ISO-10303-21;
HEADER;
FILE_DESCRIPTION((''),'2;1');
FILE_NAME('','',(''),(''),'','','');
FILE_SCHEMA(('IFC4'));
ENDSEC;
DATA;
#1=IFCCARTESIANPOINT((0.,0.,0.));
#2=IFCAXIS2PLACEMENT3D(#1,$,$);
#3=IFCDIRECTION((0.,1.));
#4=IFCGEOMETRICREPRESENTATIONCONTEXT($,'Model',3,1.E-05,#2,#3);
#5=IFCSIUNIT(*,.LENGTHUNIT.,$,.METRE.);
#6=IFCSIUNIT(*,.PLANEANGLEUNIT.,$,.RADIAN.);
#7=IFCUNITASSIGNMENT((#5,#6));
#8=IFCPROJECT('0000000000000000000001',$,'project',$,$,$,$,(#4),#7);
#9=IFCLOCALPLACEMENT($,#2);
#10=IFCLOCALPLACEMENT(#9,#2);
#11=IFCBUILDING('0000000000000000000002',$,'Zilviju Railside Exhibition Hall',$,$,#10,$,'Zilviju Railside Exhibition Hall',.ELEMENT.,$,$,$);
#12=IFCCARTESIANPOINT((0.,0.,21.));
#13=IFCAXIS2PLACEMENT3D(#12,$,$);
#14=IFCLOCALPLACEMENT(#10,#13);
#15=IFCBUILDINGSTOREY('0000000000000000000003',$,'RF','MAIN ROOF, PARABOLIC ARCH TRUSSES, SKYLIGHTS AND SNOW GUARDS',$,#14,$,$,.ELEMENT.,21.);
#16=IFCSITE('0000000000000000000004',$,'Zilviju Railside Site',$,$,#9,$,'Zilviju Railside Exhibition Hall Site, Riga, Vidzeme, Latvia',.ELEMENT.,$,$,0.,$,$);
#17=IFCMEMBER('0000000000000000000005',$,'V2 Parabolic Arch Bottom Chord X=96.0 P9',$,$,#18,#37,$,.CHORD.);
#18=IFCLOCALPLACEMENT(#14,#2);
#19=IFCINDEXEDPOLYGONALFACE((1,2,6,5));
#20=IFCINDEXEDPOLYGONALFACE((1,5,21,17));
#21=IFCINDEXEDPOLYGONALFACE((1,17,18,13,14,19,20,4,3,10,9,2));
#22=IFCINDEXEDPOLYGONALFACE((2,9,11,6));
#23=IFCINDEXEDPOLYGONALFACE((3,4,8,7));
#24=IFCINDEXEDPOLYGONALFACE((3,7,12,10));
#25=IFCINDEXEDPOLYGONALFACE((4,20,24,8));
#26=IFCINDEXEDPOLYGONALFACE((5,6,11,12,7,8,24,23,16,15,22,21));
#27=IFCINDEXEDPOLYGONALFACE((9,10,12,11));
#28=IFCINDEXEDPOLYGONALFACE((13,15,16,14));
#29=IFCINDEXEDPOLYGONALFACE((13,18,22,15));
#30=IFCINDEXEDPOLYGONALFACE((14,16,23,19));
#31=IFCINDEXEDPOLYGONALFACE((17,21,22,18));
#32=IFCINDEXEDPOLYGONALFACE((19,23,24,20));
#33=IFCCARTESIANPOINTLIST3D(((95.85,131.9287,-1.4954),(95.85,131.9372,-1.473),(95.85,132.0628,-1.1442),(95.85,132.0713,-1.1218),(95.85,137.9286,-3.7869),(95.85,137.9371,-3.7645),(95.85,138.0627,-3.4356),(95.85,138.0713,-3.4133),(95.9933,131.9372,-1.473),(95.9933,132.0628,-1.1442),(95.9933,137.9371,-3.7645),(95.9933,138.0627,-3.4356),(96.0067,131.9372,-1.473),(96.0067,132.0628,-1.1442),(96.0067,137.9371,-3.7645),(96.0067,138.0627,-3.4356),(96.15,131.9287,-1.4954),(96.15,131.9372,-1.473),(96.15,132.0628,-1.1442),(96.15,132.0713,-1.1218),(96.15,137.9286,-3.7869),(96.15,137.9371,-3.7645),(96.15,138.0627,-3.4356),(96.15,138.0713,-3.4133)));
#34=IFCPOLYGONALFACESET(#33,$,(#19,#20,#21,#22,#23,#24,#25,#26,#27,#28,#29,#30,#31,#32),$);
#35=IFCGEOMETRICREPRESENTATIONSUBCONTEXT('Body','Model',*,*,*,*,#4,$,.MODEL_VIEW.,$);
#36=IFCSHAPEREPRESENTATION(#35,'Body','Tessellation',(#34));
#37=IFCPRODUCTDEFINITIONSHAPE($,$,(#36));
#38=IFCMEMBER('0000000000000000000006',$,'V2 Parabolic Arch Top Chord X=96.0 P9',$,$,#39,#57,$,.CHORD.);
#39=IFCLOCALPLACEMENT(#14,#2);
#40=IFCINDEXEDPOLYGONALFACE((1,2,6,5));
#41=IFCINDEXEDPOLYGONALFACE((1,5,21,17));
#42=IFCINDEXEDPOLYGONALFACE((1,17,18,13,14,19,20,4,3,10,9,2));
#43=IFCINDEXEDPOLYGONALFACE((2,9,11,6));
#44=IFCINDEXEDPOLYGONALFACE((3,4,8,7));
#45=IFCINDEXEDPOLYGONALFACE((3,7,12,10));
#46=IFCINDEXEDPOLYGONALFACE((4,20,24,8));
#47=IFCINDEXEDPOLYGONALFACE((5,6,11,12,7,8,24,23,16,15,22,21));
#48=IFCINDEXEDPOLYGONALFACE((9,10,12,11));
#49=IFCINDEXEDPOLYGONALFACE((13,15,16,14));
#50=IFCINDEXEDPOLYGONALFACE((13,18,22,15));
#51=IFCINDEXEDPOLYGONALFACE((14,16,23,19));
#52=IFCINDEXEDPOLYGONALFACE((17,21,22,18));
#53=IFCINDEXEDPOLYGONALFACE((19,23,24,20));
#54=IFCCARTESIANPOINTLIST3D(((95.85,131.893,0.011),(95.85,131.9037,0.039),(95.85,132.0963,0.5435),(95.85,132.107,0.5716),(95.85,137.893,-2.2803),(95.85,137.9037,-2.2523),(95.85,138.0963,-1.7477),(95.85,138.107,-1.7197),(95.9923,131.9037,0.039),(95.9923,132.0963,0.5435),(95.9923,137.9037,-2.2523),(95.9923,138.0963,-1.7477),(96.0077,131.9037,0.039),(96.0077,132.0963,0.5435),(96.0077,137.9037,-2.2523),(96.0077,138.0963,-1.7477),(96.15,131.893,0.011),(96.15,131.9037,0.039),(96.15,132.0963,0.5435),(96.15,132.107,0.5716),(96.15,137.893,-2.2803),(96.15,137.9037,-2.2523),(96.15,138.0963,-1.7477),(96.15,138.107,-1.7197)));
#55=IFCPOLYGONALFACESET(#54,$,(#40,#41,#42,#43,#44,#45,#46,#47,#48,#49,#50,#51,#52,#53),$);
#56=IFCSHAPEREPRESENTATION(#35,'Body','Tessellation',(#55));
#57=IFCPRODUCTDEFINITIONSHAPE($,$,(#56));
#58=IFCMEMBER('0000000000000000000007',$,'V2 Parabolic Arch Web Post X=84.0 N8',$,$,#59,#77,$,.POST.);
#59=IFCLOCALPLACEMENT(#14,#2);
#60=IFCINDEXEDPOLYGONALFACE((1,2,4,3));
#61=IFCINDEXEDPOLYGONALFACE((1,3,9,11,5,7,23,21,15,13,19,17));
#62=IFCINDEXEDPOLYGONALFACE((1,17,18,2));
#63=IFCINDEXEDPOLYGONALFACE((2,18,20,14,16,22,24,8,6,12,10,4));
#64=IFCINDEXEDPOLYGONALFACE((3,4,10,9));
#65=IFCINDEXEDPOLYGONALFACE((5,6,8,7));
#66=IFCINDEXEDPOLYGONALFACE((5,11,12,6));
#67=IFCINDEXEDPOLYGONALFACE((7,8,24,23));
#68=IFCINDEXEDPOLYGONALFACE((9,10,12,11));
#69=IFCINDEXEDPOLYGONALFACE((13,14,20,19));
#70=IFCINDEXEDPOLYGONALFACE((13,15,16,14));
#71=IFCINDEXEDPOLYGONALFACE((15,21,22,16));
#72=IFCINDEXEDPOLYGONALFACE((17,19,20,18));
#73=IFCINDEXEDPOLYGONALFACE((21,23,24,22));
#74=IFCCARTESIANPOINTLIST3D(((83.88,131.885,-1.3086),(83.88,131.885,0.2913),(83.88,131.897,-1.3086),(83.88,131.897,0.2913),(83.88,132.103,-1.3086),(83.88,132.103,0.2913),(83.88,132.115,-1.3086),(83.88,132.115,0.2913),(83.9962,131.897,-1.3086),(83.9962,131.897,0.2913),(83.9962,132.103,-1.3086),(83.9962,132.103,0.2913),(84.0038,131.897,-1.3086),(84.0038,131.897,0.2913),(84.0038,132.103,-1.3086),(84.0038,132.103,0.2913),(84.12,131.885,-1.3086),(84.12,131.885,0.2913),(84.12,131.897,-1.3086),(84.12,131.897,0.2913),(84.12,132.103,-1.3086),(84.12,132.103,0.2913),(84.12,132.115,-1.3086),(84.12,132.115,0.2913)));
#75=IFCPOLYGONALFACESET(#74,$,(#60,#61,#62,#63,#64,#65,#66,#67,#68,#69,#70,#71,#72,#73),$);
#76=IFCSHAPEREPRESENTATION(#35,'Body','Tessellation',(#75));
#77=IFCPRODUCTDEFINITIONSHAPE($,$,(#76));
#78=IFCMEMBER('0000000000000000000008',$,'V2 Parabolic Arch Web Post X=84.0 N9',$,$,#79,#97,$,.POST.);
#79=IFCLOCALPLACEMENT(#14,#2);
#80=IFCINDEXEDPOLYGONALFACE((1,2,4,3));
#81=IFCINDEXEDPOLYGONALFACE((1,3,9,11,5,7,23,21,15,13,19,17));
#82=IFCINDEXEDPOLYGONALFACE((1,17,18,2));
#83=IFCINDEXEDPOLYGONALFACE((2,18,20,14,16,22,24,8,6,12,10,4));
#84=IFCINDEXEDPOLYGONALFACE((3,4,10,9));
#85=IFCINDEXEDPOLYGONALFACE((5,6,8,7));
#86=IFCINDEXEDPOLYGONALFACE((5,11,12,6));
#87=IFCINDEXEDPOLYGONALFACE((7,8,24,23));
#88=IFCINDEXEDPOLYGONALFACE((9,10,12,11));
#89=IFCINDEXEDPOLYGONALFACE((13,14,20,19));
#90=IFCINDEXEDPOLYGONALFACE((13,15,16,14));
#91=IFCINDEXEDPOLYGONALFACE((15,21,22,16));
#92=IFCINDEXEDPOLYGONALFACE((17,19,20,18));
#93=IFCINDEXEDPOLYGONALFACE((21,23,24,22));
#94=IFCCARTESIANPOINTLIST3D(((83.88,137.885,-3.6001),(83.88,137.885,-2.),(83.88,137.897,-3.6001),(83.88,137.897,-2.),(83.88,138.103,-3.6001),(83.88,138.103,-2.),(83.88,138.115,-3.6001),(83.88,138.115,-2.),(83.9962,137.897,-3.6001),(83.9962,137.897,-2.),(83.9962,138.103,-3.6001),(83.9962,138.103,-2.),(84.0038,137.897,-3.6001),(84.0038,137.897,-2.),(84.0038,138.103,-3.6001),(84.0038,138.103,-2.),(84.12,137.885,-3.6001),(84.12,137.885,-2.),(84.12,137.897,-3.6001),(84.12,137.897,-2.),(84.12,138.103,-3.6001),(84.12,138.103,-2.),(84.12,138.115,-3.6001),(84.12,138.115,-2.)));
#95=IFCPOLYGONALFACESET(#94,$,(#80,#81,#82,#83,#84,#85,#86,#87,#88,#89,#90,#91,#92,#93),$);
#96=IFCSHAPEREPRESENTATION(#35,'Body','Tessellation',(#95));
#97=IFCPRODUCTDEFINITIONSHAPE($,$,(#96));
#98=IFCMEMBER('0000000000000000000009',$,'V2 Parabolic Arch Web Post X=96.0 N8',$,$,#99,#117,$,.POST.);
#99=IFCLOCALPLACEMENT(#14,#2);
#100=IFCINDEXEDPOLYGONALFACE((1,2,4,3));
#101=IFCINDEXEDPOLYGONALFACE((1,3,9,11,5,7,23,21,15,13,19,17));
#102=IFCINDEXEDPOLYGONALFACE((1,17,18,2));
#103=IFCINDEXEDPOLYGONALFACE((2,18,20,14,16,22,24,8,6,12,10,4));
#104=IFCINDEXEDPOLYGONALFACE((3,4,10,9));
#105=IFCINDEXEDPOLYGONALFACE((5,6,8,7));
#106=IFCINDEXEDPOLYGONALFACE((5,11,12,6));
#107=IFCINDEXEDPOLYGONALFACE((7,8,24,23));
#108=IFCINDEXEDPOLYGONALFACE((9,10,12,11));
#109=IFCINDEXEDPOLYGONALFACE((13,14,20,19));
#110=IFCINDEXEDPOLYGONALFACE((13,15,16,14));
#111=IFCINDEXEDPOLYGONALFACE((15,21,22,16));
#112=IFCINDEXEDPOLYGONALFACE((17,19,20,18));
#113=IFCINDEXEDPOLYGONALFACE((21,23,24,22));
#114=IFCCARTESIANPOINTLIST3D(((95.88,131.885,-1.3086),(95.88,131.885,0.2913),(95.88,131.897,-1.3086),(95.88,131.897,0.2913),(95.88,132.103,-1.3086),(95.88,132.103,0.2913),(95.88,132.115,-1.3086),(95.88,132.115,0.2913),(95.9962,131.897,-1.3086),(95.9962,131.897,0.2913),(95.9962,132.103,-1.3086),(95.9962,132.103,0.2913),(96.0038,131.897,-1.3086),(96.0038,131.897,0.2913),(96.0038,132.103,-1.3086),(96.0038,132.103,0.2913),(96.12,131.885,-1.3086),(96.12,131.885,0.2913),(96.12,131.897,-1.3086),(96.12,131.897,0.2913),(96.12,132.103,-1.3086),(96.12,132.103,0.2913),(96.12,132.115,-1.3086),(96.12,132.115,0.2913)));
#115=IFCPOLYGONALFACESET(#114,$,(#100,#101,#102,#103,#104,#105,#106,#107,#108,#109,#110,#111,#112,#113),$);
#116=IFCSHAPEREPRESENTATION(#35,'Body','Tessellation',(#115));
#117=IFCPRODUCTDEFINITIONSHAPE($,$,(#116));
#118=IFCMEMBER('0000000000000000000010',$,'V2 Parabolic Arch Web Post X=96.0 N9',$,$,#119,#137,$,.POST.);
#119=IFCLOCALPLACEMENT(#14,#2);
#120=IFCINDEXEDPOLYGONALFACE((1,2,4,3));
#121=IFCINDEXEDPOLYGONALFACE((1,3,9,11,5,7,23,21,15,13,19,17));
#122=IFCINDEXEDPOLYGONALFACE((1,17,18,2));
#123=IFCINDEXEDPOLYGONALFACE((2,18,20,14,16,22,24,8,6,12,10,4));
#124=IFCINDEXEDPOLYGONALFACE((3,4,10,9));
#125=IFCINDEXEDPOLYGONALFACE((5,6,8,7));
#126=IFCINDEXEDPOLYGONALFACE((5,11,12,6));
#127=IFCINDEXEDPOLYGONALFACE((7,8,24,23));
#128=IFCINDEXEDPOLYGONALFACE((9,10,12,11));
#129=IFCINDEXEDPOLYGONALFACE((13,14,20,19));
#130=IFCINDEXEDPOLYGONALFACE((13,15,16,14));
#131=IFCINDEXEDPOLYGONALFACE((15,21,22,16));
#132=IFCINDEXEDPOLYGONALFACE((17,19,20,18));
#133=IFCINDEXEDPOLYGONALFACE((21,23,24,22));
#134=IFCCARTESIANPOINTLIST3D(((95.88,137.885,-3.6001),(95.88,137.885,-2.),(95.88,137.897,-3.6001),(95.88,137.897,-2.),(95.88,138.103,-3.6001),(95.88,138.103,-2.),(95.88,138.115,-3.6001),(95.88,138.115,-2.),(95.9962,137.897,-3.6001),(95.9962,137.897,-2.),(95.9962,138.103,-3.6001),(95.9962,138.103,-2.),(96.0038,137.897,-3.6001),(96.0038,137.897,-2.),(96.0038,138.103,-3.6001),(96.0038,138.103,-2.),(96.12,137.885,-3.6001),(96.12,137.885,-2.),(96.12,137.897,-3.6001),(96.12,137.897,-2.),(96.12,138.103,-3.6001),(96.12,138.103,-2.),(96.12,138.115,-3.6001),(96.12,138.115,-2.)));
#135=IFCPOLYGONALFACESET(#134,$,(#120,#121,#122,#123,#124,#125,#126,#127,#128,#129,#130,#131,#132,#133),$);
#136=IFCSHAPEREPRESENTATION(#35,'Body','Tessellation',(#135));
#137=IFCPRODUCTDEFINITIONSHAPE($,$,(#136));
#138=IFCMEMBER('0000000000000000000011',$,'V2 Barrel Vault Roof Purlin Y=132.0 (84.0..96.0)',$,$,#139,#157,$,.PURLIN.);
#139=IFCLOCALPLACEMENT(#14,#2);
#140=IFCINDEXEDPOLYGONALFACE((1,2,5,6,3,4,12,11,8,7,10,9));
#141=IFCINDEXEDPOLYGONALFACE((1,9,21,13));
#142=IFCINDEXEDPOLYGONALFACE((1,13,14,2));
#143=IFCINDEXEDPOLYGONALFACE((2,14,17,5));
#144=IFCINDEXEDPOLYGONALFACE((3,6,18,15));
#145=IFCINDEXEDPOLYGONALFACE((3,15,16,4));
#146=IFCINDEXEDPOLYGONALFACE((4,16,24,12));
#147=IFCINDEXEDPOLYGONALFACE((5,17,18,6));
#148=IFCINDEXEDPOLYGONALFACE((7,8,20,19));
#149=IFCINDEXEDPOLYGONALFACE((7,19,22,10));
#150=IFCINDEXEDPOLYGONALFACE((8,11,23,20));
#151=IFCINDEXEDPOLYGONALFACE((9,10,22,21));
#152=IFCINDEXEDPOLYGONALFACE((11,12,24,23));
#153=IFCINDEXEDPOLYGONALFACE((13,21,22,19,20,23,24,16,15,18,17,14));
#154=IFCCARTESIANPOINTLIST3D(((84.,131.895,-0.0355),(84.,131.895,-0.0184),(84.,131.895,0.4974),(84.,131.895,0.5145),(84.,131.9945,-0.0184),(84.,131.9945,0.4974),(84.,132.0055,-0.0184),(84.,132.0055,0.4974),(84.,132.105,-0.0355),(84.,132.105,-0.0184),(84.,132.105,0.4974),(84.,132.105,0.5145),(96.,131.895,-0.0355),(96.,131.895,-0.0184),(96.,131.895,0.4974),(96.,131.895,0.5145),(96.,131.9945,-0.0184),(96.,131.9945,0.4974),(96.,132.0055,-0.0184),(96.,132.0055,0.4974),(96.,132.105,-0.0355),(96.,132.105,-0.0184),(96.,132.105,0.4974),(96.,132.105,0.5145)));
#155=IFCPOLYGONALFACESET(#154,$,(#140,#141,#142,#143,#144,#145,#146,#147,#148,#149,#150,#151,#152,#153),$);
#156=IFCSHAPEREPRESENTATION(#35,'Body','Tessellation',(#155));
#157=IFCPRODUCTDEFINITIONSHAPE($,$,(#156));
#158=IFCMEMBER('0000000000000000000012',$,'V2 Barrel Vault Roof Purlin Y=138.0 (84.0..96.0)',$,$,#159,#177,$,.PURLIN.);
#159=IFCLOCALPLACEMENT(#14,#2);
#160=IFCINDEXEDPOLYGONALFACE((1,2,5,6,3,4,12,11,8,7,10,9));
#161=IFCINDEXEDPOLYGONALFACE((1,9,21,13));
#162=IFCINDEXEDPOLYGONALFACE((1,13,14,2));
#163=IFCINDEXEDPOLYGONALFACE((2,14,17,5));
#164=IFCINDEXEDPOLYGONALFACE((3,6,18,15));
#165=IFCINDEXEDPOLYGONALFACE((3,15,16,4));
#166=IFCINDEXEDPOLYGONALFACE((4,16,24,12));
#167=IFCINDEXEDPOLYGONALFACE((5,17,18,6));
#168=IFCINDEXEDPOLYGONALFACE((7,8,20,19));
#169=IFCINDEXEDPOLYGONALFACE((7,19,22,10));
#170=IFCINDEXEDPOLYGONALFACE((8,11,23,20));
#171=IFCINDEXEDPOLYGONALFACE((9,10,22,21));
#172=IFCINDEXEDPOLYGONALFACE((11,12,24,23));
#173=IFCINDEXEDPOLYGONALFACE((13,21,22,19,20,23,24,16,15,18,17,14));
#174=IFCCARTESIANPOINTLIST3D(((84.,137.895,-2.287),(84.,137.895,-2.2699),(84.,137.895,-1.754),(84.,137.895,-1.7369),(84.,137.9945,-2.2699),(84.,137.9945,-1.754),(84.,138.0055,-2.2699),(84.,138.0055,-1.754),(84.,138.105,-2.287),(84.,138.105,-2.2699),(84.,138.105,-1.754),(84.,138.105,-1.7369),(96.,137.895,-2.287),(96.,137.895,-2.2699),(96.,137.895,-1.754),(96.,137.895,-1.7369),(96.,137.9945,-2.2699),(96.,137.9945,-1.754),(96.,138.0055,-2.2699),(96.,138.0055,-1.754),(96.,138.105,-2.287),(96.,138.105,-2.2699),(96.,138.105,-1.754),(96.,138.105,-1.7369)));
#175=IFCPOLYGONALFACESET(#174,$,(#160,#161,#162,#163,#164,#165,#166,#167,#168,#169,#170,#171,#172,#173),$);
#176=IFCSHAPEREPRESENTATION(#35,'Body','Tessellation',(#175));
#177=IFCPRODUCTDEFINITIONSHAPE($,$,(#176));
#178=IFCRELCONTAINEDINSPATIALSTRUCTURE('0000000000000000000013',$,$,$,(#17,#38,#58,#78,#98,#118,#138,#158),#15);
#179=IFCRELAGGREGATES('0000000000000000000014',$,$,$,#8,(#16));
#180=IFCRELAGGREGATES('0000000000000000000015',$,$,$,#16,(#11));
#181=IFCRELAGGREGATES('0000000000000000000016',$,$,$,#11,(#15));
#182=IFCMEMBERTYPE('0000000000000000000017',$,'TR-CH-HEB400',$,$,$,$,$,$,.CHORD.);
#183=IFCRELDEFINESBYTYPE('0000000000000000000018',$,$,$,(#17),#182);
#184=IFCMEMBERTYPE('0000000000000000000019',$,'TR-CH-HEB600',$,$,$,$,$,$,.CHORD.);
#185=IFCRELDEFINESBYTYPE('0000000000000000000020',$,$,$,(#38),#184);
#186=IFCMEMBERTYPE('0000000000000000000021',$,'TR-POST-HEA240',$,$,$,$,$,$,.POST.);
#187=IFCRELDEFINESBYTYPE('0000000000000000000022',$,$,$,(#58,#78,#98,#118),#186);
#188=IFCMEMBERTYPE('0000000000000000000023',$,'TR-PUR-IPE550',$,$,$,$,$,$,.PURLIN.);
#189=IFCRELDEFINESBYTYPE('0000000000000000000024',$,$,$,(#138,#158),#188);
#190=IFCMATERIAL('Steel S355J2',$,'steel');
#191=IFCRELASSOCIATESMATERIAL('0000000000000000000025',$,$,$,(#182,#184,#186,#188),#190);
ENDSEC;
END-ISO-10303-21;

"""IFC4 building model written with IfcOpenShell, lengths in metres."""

from ifc_helpers import new_model, si_unit, direction, frame, origin, origin_2d, place, context, subcontext, project, spatial, i_section, extrude, material, material_profile, profile_set, type_object, element, save


model = new_model("IFC4")

# Units and contexts
model_context = context("Model", 3, precision=1e-05, world=origin(), true_north=direction((0.0, 1.0)))
body_context = subcontext(model_context, "Body", "Model", "MODEL_VIEW")
ifc_project = project(units=[si_unit("LENGTHUNIT", "METRE"), si_unit("PLANEANGLEUNIT", "RADIAN")], contexts=[model_context])

# Site, building, storey
site_placement = place(None, origin())
site = spatial("IfcSite", under=ifc_project, at=site_placement, Name="Zilviju Railside Site", LongName="Zilviju Railside Exhibition Hall Site, Riga, Vidzeme, Latvia", CompositionType="ELEMENT", RefElevation=0.0)
building_placement = place(site_placement, origin())
building = spatial("IfcBuilding", under=site, at=building_placement, Name="Zilviju Railside Exhibition Hall", LongName="Zilviju Railside Exhibition Hall", CompositionType="ELEMENT")
storey_placement = place(building_placement, frame((0.0, 0.0, 21.0)))
storey = spatial("IfcBuildingStorey", under=building, at=storey_placement, Name="RF", Description="MAIN ROOF, PARABOLIC ARCH TRUSSES, SKYLIGHTS AND SNOW GUARDS", CompositionType="ELEMENT", Elevation=21.0)

# Shared definitions
ifc_material_1 = material(Name="Steel S355J2", Category="steel")

# Members
ifc_material_profile_1 = material_profile(ifc_material_1, i_section(OverallWidth=0.3, OverallDepth=0.3999, WebThickness=0.0134, FlangeThickness=0.0239, at=origin_2d()), Name="HEB 400")
ifc_profile_set_1 = profile_set([ifc_material_profile_1], Name="Steel S355J2")
member_type_1 = type_object("IfcMemberType", Name="TR-CH-HEB400", PredefinedType="CHORD", material=ifc_profile_set_1)
member_1_placement = place(storey_placement, frame((96.0, 132.0, -1.3086), z_axis=(0.0, 0.934188, -0.356782), x_axis=(-1.0, 0.0, 0.0)))
element("IfcMember", 1, at=member_1_placement, inside=storey, type_object=member_type_1, Name="V2 Parabolic Arch Bottom Chord X=96.0 P9", PredefinedType="CHORD", context=body_context, shape_type="SweptSolid", body=[
    extrude(i_section(OverallWidth=0.3, OverallDepth=0.3999, WebThickness=0.0134, FlangeThickness=0.0239, at=origin_2d()), origin(), (0.0, 0.0, 1.0), 6.4226),
])
ifc_material_profile_2 = material_profile(ifc_material_1, i_section(OverallWidth=0.3, OverallDepth=0.6001, WebThickness=0.0154, FlangeThickness=0.03, at=origin_2d()), Name="HEB 600")
ifc_profile_set_2 = profile_set([ifc_material_profile_2], Name="Steel S355J2")
member_type_2 = type_object("IfcMemberType", Name="TR-CH-HEB600", PredefinedType="CHORD", material=ifc_profile_set_2)
member_2_placement = place(storey_placement, frame((96.0, 132.0, 0.2913), z_axis=(0.0, 0.9342, -0.356749), x_axis=(-1.0, 0.0, 0.0)))
element("IfcMember", 2, at=member_2_placement, inside=storey, type_object=member_type_2, Name="V2 Parabolic Arch Top Chord X=96.0 P9", PredefinedType="CHORD", context=body_context, shape_type="SweptSolid", body=[
    extrude(i_section(OverallWidth=0.3, OverallDepth=0.6001, WebThickness=0.0154, FlangeThickness=0.03, at=origin_2d()), origin(), (0.0, 0.0, 1.0), 6.4226),
])
ifc_material_profile_3 = material_profile(ifc_material_1, i_section(OverallWidth=0.24, OverallDepth=0.23, WebThickness=0.0076, FlangeThickness=0.012, at=origin_2d()), Name="HEA 240")
ifc_profile_set_3 = profile_set([ifc_material_profile_3], Name="Steel S355J2")
member_type_3 = type_object("IfcMemberType", Name="TR-POST-HEA240", PredefinedType="POST", material=ifc_profile_set_3)
member_3_placement = place(storey_placement, frame((84.0, 132.0, -1.3086), z_axis=(0.0, 0.0, 1.0), x_axis=(1.0, 0.0, 0.0)))
element("IfcMember", 3, at=member_3_placement, inside=storey, type_object=member_type_3, Name="V2 Parabolic Arch Web Post X=84.0 N8", PredefinedType="POST", context=body_context, shape_type="SweptSolid", body=[
    extrude(i_section(OverallWidth=0.24, OverallDepth=0.23, WebThickness=0.0076, FlangeThickness=0.012, at=origin_2d()), origin(), (0.0, 0.0, 1.0), 1.5999),
])
member_4_placement = place(storey_placement, frame((84.0, 138.0, -3.6001), z_axis=(0.0, 0.0, 1.0), x_axis=(1.0, 0.0, 0.0)))
element("IfcMember", 4, at=member_4_placement, inside=storey, type_object=member_type_3, Name="V2 Parabolic Arch Web Post X=84.0 N9", PredefinedType="POST", context=body_context, shape_type="SweptSolid", body=[
    extrude(i_section(OverallWidth=0.24, OverallDepth=0.23, WebThickness=0.0076, FlangeThickness=0.012, at=origin_2d()), origin(), (0.0, 0.0, 1.0), 1.6001),
])
member_5_placement = place(storey_placement, frame((96.0, 132.0, -1.3086), z_axis=(0.0, 0.0, 1.0), x_axis=(1.0, 0.0, 0.0)))
element("IfcMember", 5, at=member_5_placement, inside=storey, type_object=member_type_3, Name="V2 Parabolic Arch Web Post X=96.0 N8", PredefinedType="POST", context=body_context, shape_type="SweptSolid", body=[
    extrude(i_section(OverallWidth=0.24, OverallDepth=0.23, WebThickness=0.0076, FlangeThickness=0.012, at=origin_2d()), origin(), (0.0, 0.0, 1.0), 1.5999),
])
member_6_placement = place(storey_placement, frame((96.0, 138.0, -3.6001), z_axis=(0.0, 0.0, 1.0), x_axis=(1.0, 0.0, 0.0)))
element("IfcMember", 6, at=member_6_placement, inside=storey, type_object=member_type_3, Name="V2 Parabolic Arch Web Post X=96.0 N9", PredefinedType="POST", context=body_context, shape_type="SweptSolid", body=[
    extrude(i_section(OverallWidth=0.24, OverallDepth=0.23, WebThickness=0.0076, FlangeThickness=0.012, at=origin_2d()), origin(), (0.0, 0.0, 1.0), 1.6001),
])
ifc_material_profile_4 = material_profile(ifc_material_1, i_section(OverallWidth=0.21, OverallDepth=0.55, WebThickness=0.011, FlangeThickness=0.0171, at=origin_2d()), Name="IPE 550")
ifc_profile_set_4 = profile_set([ifc_material_profile_4], Name="Steel S355J2")
member_type_4 = type_object("IfcMemberType", Name="TR-PUR-IPE550", PredefinedType="PURLIN", material=ifc_profile_set_4)
for number, where, z_axis, x_axis, name in (
    (7, (84.0, 132.0, 0.2395), (1.0, 0.0, 0.0), (0.0, 1.0, 0.0), "V2 Barrel Vault Roof Purlin Y=132.0 (84.0..96.0)"),
    (8, (84.0, 138.0, -2.012), (1.0, 0.0, 0.0), (0.0, 1.0, 0.0), "V2 Barrel Vault Roof Purlin Y=138.0 (84.0..96.0)"),
):
    element("IfcMember", number, at=place(storey_placement, frame(where, z_axis=z_axis, x_axis=x_axis)), inside=storey, type_object=member_type_4, Name=name, PredefinedType="PURLIN", context=body_context, shape_type="SweptSolid", body=[
        extrude(i_section(OverallWidth=0.21, OverallDepth=0.55, WebThickness=0.011, FlangeThickness=0.0171, at=origin_2d()), origin(), (0.0, 0.0, 1.0), 12.0),
    ])

save(model, "model.ifc")
